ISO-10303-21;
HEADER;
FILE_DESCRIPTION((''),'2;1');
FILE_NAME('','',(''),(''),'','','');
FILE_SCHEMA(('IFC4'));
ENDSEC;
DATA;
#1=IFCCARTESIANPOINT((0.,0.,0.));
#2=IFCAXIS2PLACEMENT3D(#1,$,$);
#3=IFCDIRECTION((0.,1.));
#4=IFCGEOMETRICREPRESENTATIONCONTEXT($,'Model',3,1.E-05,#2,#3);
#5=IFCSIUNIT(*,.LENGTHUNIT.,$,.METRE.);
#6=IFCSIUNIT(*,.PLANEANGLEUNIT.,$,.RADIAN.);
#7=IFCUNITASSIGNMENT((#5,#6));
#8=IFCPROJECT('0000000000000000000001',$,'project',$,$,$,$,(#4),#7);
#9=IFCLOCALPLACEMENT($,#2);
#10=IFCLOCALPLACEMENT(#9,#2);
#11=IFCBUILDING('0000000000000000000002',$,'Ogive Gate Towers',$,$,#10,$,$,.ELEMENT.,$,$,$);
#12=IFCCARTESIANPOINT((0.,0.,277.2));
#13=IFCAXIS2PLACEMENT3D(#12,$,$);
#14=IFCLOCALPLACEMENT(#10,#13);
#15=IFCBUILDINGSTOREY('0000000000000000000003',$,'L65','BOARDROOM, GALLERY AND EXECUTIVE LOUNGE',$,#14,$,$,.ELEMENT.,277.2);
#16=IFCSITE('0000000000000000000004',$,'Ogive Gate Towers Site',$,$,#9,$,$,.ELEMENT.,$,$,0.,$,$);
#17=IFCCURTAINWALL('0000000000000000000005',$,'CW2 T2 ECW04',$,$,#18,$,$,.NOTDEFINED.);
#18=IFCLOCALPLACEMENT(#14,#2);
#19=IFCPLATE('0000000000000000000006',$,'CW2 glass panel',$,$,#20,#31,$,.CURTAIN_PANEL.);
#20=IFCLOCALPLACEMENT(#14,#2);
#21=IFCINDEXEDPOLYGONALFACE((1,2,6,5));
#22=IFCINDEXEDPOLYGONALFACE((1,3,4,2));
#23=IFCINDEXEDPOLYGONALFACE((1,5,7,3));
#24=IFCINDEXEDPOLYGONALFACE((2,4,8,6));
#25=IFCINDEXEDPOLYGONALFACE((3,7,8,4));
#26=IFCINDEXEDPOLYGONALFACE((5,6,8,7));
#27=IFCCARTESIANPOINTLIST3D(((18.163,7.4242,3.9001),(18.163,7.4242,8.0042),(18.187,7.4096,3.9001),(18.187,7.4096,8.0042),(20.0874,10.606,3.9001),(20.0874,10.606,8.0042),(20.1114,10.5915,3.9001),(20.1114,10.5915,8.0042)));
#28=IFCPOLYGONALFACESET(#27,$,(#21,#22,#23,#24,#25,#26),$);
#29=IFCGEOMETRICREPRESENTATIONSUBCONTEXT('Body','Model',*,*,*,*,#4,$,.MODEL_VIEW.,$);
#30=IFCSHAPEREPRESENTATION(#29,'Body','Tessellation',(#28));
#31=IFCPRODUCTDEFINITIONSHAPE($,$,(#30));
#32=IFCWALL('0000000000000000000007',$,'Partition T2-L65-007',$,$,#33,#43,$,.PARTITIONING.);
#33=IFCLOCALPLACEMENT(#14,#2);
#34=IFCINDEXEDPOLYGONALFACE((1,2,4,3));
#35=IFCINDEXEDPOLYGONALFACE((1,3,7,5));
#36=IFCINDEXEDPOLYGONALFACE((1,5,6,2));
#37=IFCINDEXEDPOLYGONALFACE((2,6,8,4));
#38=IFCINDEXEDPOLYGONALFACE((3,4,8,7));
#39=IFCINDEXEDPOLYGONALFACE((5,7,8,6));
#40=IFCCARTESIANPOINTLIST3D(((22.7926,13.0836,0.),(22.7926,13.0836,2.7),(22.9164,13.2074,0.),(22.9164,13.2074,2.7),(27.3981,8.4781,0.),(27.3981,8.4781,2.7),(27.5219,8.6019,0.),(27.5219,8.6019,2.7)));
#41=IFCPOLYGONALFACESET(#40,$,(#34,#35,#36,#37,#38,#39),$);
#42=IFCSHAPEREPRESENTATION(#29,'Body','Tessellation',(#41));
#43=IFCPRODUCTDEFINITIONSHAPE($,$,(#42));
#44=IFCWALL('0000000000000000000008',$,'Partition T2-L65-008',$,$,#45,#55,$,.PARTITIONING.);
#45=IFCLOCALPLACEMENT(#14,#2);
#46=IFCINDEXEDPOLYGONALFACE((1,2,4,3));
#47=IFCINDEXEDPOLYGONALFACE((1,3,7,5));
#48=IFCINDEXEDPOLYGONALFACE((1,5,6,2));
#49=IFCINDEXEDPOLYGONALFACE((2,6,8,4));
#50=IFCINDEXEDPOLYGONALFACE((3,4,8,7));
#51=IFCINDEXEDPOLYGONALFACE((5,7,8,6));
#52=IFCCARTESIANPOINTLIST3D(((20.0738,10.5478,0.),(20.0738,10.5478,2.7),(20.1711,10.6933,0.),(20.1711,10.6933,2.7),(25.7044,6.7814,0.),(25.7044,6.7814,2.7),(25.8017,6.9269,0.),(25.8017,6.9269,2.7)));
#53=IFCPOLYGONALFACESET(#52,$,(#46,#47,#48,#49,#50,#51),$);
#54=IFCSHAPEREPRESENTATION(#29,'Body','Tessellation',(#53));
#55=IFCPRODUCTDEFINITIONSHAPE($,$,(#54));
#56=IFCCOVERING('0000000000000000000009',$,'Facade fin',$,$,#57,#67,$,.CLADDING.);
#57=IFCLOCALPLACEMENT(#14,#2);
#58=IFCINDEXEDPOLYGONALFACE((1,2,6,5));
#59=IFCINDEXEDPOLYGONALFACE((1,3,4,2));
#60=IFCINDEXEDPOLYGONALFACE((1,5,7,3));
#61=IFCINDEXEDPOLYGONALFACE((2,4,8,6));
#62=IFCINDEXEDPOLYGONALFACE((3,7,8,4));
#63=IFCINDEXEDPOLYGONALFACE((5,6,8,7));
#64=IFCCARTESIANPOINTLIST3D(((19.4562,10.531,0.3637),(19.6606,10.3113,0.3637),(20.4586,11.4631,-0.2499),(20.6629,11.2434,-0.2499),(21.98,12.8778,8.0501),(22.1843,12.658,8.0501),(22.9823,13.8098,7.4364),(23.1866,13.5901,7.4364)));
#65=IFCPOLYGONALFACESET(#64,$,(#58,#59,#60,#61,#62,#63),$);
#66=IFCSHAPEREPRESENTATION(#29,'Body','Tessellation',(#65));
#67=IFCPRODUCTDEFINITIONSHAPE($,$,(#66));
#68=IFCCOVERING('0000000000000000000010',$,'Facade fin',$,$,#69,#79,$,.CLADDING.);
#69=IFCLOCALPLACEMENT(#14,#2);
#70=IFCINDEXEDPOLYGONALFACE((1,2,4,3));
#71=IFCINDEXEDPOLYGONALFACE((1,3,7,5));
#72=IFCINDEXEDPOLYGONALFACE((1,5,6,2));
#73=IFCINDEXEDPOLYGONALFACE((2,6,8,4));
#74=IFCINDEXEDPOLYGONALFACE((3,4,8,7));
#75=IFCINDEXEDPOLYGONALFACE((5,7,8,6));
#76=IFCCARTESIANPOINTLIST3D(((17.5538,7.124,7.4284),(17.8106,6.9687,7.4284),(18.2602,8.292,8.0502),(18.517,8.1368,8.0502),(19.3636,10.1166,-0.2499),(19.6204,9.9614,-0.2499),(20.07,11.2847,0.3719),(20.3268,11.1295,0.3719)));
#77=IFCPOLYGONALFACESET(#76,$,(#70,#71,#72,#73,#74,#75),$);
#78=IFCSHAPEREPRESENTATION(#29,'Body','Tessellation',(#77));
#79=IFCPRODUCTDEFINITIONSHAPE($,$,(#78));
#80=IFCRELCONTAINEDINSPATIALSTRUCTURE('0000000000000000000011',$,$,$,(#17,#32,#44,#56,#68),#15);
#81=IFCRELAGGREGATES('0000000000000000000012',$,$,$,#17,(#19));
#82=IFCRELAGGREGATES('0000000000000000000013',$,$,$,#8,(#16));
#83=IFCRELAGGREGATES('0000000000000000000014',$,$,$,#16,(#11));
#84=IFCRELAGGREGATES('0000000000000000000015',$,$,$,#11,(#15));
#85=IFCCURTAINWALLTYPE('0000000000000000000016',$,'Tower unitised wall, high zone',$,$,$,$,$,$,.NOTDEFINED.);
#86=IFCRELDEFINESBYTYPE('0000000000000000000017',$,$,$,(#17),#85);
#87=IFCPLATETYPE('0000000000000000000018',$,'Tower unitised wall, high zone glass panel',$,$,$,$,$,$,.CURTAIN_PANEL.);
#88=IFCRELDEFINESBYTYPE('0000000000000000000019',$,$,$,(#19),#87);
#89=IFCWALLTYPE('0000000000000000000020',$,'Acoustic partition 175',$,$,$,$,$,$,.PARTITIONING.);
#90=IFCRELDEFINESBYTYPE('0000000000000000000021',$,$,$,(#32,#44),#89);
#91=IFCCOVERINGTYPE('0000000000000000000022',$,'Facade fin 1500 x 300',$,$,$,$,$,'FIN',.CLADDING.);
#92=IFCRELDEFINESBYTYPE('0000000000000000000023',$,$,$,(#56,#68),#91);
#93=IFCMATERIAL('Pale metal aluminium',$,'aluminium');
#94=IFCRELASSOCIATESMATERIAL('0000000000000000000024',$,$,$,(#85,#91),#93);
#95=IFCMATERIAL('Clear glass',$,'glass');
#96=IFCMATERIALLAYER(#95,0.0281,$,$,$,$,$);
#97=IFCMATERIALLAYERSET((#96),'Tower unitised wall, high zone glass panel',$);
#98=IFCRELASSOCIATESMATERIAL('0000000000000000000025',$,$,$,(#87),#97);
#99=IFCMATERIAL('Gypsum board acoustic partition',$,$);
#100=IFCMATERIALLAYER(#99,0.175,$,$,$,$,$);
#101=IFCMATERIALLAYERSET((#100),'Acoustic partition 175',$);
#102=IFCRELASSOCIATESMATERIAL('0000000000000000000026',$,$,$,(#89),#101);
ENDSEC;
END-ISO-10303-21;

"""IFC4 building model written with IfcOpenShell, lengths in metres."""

from ifc_helpers import new_model, si_unit, direction, frame, frame_2d, origin, origin_2d, place, context, subcontext, project, spatial, rectangle, extrude, material, layer, layer_set, material_profile, profile_set, type_object, element, aggregate, save


model = new_model("IFC4")

# Units and contexts
model_context = context("Model", 3, precision=1e-05, world=origin(), true_north=direction((0.0, 1.0)))
body_context = subcontext(model_context, "Body", "Model", "MODEL_VIEW")
ifc_project = project(units=[si_unit("LENGTHUNIT", "METRE"), si_unit("PLANEANGLEUNIT", "RADIAN")], contexts=[model_context])

# Site, building, storey
site_placement = place(None, origin())
site = spatial("IfcSite", under=ifc_project, at=site_placement, Name="Ogive Gate Towers Site", CompositionType="ELEMENT", RefElevation=0.0)
building_placement = place(site_placement, origin())
building = spatial("IfcBuilding", under=site, at=building_placement, Name="Ogive Gate Towers", CompositionType="ELEMENT")
storey_placement = place(building_placement, frame((0.0, 0.0, 277.2)))
storey = spatial("IfcBuildingStorey", under=building, at=storey_placement, Name="L65", Description="BOARDROOM, GALLERY AND EXECUTIVE LOUNGE", CompositionType="ELEMENT", Elevation=277.2)

# Shared definitions
ifc_material_1 = material(Name="Pale metal aluminium", Category="aluminium")
curtain_wall_type = type_object("IfcCurtainWallType", Name="Tower unitised wall, high zone", PredefinedType="NOTDEFINED", material=ifc_material_1)

# Curtain wall
curtain_wall_1_placement = place(storey_placement, origin())
curtain_wall_1 = element("IfcCurtainWall", 1, at=curtain_wall_1_placement, inside=storey, type_object=curtain_wall_type, Name="CW2 T2 ECW04", PredefinedType="NOTDEFINED")

# Plate
ifc_material_2 = material(Name="Clear glass", Category="glass")
ifc_layer_1 = layer(ifc_material_2, 0.0281)
ifc_layer_set_1 = layer_set([ifc_layer_1], Name="Tower unitised wall, high zone glass panel")
plate_type = type_object("IfcPlateType", Name="Tower unitised wall, high zone glass panel", PredefinedType="CURTAIN_PANEL", material=ifc_layer_set_1)
plate_1_placement = place(storey_placement, frame((19.1372, 9.0078, 3.9001), z_axis=(0.0, 0.0, 1.0), x_axis=(-0.517519, -0.855672, 0.0)))
plate_1 = element("IfcPlate", 2, at=plate_1_placement, type_object=plate_type, Name="CW2 glass panel", PredefinedType="CURTAIN_PANEL", context=body_context, shape_type="SweptSolid", body=[
    extrude(rectangle(XDim=3.7185, YDim=0.0281, at=origin_2d()), origin(), (0.0, 0.0, 1.0), 4.104),
])
aggregate(curtain_wall_1, [plate_1])

# Walls
ifc_material_3 = material(Name="Gypsum board acoustic partition")
ifc_layer_2 = layer(ifc_material_3, 0.175)
ifc_layer_set_2 = layer_set([ifc_layer_2], Name="Acoustic partition 175")
wall_type = type_object("IfcWallType", Name="Acoustic partition 175", PredefinedType="PARTITIONING", material=ifc_layer_set_2)
wall_1_placement = place(storey_placement, frame((22.8545, 13.1455, 0.0), z_axis=(0.0, 0.0, 1.0), x_axis=(0.707107, -0.707107, 0.0)))
element("IfcWall", 3, at=wall_1_placement, inside=storey, type_object=wall_type, Name="Partition T2-L65-007", PredefinedType="PARTITIONING", context=body_context, shape_type="SweptSolid", body=[
    extrude(rectangle(XDim=6.5132, YDim=0.175, at=frame_2d((3.2566, 0.0))), origin(), (0.0, 0.0, 1.0), 2.7),
])
wall_2_placement = place(storey_placement, frame((20.1223, 10.6206, 0.0), z_axis=(0.0, 0.0, 1.0), x_axis=(0.83119, -0.555989, 0.0)))
element("IfcWall", 4, at=wall_2_placement, inside=storey, type_object=wall_type, Name="Partition T2-L65-008", PredefinedType="PARTITIONING", context=body_context, shape_type="SweptSolid", body=[
    extrude(rectangle(XDim=6.7742, YDim=0.175, at=frame_2d((3.3872, 0.0))), origin(), (0.0, 0.0, 1.0), 2.7),
])

# Coverings
ifc_material_profile_1 = material_profile(ifc_material_1, rectangle(XDim=0.3, YDim=1.5, at=origin_2d()), Name="1500 x 300 pale metal aluminium")
ifc_profile_set_1 = profile_set([ifc_material_profile_1], Name="Pale metal aluminium")
covering_type = type_object("IfcCoveringType", Name="Facade fin 1500 x 300", ElementType="FIN", PredefinedType="CLADDING", material=ifc_profile_set_1)
covering_1_placement = place(storey_placement, frame((20.0596, 10.8872, 0.0569), z_axis=(0.299601, 0.278588, 0.912484), x_axis=(-0.680959, 0.732321, 0.0)))
element("IfcCovering", 5, at=covering_1_placement, inside=storey, type_object=covering_type, Name="Facade fin", PredefinedType="CLADDING", context=body_context, shape_type="SweptSolid", body=[
    extrude(rectangle(XDim=0.3, YDim=1.5, at=origin_2d()), origin(), (0.0, 0.0, 1.0), 8.4236),
])
covering_2_placement = place(storey_placement, frame((19.8452, 10.623, 0.061), z_axis=(-0.214504, -0.354699, 0.910042), x_axis=(0.855695, -0.51748, 0.0)))
element("IfcCovering", 6, at=covering_2_placement, inside=storey, type_object=covering_type, Name="Facade fin", PredefinedType="CLADDING", context=body_context, shape_type="SweptSolid", body=[
    extrude(rectangle(XDim=0.3, YDim=1.5, at=origin_2d()), origin(), (0.0, 0.0, 1.0), 8.4373),
])

save(model, "model.ifc")
